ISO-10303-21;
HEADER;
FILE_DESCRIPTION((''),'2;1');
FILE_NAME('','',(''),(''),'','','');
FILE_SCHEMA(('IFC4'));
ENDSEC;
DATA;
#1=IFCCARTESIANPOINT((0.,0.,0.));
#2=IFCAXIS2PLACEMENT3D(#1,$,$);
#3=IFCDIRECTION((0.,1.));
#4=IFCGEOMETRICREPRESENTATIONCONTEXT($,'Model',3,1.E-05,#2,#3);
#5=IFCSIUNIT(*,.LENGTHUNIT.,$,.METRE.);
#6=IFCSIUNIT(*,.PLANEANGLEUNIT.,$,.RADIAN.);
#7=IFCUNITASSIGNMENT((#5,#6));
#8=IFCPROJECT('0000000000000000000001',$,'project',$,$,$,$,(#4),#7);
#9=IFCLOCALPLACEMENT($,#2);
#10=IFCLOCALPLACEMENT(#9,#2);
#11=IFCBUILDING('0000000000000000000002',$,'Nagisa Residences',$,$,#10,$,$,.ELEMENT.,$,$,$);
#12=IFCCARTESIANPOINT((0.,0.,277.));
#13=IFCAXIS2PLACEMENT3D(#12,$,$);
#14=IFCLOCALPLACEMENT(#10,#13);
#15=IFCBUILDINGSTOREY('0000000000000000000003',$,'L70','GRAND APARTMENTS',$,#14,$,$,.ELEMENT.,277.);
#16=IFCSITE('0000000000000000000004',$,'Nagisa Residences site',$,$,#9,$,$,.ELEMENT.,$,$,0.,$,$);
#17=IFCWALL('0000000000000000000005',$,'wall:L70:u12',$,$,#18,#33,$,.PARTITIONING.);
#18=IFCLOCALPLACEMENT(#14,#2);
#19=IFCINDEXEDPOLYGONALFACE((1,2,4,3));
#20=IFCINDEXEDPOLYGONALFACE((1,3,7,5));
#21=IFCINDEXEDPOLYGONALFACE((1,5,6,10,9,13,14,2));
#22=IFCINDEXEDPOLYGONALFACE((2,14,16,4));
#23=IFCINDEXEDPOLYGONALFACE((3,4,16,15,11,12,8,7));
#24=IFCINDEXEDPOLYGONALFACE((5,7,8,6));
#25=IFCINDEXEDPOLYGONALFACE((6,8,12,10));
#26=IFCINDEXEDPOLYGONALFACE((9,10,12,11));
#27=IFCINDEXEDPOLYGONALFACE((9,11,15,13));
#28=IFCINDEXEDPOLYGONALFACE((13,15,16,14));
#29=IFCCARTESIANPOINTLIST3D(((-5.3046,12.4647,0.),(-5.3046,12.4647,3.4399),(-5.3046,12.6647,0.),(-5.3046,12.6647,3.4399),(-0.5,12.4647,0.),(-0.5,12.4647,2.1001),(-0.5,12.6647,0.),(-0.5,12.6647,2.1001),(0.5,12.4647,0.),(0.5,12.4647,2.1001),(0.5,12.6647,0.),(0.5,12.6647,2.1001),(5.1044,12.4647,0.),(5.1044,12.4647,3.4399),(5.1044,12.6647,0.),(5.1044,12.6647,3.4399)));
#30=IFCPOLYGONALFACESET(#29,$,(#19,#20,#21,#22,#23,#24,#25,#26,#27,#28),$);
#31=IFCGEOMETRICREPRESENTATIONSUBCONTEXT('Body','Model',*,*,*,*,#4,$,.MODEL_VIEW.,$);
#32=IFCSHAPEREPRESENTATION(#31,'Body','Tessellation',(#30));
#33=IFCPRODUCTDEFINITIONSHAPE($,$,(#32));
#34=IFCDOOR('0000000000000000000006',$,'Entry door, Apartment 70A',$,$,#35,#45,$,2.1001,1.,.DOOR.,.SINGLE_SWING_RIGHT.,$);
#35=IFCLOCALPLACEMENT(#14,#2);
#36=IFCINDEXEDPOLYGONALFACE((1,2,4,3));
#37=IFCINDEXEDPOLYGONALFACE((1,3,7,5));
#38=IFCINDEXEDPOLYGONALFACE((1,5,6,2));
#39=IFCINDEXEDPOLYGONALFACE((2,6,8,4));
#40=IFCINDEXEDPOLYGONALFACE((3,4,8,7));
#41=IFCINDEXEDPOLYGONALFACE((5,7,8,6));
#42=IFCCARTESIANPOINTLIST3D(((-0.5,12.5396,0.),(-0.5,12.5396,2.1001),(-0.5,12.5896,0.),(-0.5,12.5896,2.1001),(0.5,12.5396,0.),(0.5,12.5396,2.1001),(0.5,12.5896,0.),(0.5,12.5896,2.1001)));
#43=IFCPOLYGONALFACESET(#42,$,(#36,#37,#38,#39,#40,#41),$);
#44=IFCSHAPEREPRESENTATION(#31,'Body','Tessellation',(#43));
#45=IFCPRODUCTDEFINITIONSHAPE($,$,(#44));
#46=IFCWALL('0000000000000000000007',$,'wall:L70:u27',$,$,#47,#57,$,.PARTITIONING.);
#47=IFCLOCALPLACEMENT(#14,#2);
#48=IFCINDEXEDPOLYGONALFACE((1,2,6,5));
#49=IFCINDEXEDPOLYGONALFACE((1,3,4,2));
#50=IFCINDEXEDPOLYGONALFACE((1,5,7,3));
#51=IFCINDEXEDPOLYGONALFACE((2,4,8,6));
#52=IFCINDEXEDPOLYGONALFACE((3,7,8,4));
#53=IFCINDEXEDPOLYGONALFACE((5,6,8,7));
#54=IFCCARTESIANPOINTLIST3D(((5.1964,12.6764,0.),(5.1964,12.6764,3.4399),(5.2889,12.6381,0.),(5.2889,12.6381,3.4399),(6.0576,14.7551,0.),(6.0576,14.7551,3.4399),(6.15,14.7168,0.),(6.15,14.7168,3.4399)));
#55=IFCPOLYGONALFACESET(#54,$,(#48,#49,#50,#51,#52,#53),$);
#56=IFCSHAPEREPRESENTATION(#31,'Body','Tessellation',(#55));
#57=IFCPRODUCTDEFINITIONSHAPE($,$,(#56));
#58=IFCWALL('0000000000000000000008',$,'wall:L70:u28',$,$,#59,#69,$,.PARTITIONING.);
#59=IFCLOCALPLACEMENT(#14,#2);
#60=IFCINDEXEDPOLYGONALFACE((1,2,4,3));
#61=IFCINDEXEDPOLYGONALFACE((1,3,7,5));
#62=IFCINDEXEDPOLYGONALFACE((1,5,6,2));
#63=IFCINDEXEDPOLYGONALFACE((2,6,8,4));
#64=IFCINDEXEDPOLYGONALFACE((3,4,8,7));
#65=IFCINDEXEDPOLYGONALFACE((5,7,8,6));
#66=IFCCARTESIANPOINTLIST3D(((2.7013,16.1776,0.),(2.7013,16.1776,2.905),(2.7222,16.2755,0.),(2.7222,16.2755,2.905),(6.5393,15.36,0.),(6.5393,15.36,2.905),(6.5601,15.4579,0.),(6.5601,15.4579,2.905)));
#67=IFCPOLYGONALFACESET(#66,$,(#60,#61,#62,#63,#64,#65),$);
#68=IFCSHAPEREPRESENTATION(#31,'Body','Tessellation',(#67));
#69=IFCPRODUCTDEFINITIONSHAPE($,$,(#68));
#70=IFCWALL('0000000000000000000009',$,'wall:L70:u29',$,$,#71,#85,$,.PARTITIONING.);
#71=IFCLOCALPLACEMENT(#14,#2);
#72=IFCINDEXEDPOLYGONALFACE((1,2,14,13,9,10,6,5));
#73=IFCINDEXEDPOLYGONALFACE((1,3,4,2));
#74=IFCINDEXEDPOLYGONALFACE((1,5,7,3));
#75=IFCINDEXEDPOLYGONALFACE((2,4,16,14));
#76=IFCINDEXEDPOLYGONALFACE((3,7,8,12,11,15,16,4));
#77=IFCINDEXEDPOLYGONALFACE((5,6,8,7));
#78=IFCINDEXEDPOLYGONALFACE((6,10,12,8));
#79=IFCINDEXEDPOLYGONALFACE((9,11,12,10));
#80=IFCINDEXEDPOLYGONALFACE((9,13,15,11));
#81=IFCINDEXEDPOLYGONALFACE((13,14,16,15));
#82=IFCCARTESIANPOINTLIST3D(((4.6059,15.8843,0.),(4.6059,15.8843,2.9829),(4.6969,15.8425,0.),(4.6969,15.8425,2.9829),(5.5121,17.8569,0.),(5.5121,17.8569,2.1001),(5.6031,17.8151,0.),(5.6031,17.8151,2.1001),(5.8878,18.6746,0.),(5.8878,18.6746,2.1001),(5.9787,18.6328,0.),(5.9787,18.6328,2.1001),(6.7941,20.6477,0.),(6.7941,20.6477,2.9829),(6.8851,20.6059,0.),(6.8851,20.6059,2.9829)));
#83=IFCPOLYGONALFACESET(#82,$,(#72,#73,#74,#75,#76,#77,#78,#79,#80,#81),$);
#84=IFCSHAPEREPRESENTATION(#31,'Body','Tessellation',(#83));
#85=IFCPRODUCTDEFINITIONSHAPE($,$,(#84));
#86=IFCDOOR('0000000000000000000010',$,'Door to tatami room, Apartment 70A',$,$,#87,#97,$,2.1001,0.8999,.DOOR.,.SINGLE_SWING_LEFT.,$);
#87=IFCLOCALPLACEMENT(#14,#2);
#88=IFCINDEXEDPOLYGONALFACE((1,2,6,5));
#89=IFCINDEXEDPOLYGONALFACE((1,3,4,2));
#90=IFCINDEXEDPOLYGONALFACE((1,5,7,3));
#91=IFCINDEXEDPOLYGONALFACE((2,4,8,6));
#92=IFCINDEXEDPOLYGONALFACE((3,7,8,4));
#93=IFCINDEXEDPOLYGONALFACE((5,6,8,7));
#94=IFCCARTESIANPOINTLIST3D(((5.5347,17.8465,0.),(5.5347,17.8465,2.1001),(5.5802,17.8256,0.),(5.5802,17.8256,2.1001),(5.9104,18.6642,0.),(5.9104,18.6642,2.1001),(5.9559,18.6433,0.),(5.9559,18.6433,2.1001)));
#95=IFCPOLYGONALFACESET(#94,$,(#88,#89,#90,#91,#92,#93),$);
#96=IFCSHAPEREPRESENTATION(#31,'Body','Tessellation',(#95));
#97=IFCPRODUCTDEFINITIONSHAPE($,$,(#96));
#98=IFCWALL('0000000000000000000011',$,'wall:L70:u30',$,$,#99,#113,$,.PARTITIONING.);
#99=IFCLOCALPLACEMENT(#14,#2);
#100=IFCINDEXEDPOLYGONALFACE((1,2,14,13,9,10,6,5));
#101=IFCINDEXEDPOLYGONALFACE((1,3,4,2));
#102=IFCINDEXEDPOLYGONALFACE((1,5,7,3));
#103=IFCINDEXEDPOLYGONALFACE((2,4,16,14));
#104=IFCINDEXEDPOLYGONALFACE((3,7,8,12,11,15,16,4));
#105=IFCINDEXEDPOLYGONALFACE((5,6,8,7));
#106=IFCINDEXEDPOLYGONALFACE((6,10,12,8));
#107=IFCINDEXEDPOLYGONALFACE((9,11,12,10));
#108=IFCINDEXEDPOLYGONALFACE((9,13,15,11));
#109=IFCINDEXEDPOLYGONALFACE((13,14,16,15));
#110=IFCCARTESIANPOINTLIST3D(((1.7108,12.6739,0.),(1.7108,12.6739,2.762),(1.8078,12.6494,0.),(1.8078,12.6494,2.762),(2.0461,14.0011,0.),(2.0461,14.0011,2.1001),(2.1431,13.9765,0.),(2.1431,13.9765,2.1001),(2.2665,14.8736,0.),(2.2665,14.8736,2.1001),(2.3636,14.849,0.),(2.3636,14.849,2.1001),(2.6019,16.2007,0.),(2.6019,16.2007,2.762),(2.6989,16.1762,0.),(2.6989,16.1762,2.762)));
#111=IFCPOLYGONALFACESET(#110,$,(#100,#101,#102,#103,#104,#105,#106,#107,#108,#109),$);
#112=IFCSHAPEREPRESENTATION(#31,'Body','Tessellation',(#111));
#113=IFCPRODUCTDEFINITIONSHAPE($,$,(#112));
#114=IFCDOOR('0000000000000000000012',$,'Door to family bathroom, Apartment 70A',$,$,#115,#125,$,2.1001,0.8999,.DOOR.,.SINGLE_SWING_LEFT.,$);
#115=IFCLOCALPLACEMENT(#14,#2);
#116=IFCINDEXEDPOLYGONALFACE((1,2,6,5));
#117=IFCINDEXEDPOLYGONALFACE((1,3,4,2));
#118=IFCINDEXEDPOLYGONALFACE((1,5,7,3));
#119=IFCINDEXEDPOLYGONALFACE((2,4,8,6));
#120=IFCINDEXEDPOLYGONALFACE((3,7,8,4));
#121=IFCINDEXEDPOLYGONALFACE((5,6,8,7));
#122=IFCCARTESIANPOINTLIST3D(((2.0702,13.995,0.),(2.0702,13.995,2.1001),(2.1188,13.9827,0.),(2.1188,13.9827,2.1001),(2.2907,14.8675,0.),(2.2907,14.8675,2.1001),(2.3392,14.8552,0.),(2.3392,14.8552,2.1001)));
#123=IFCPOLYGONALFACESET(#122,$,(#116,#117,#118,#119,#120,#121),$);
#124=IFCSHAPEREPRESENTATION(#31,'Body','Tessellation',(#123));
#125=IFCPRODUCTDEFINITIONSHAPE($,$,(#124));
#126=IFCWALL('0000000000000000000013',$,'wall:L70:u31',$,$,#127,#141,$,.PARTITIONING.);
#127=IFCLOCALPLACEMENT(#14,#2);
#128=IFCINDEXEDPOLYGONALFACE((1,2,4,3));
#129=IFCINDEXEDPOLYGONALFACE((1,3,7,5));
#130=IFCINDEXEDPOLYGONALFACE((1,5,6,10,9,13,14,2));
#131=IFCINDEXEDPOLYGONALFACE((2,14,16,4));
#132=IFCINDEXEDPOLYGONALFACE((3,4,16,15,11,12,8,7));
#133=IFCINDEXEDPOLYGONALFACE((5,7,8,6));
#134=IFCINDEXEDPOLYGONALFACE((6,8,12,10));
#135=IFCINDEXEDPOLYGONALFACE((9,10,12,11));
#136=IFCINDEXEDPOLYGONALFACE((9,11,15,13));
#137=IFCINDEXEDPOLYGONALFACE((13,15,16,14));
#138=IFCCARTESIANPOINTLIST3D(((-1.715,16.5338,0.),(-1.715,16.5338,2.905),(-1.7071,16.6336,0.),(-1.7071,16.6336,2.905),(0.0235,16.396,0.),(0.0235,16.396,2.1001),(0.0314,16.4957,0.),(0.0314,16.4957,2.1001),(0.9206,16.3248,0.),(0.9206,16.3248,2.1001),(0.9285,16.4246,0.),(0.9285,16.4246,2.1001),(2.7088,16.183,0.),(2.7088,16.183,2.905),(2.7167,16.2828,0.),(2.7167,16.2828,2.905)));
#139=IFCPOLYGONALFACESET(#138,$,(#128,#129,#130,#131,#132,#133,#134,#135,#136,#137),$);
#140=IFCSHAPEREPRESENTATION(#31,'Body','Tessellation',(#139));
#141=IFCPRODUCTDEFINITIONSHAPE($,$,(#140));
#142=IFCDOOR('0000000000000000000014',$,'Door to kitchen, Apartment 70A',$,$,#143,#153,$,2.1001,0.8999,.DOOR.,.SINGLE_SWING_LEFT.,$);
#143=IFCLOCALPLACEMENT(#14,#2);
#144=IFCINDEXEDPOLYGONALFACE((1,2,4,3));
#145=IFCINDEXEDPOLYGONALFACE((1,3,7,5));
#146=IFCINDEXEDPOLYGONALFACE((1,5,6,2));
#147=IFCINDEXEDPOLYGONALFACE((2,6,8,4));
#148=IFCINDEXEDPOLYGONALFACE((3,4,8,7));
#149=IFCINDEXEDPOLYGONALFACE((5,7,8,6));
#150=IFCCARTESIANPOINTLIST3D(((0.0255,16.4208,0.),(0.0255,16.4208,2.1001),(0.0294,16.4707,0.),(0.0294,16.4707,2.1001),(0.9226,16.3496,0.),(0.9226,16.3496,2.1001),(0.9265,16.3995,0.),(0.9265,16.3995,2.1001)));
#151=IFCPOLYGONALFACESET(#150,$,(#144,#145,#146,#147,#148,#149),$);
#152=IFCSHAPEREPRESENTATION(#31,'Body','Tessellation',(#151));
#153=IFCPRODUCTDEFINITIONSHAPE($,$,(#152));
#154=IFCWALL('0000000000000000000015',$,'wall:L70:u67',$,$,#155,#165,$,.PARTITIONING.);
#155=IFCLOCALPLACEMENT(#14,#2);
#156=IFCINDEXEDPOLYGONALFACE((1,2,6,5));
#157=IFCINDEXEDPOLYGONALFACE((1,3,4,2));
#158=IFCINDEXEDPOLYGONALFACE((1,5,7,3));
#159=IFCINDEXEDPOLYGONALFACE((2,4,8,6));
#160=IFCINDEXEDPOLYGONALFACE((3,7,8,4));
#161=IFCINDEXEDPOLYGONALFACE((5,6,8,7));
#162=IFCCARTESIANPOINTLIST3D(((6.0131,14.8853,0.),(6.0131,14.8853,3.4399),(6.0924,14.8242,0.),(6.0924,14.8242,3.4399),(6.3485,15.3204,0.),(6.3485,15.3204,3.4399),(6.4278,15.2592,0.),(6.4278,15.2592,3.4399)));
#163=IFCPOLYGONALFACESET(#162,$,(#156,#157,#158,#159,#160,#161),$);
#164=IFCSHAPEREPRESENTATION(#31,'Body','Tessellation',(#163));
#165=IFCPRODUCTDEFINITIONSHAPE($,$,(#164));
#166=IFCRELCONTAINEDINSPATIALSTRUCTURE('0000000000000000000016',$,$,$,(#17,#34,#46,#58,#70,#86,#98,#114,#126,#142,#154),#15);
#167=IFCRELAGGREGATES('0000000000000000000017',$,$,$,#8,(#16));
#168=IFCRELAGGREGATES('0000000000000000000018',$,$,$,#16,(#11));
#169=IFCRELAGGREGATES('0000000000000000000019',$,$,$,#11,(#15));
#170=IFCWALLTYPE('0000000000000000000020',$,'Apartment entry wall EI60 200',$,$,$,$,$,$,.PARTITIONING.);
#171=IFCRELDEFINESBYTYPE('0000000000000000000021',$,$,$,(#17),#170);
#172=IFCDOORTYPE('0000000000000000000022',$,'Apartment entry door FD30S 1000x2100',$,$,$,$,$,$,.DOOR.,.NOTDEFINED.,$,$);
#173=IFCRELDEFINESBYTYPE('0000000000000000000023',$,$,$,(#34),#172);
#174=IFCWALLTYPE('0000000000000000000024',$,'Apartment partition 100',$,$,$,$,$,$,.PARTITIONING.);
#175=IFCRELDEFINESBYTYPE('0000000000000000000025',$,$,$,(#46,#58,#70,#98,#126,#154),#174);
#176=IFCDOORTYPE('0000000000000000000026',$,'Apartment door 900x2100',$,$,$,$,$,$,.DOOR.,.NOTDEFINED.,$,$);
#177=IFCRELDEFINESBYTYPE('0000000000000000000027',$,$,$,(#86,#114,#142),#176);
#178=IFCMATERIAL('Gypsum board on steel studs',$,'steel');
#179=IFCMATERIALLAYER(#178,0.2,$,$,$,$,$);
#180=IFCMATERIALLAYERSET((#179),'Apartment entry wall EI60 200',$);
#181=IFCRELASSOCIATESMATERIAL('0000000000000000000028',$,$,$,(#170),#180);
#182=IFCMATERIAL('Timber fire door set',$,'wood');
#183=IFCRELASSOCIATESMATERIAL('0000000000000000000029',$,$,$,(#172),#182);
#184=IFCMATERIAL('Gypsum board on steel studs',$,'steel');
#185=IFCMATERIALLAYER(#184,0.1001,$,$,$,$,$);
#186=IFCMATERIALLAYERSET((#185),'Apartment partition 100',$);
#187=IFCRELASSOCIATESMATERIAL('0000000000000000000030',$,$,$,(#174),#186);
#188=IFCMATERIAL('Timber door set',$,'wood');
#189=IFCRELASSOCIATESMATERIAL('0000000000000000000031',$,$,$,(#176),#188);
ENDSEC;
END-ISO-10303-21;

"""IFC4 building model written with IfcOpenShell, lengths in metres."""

from ifc_helpers import new_model, si_unit, direction, frame, frame_2d, origin, place, context, subcontext, project, spatial, rectangle, extrude, material, layer, layer_set, type_object, element, fill, save


model = new_model("IFC4")

# Units and contexts
model_context = context("Model", 3, precision=1e-05, world=origin(), true_north=direction((0.0, 1.0)))
body_context = subcontext(model_context, "Body", "Model", "MODEL_VIEW")
ifc_project = project(units=[si_unit("LENGTHUNIT", "METRE"), si_unit("PLANEANGLEUNIT", "RADIAN")], contexts=[model_context])

# Site, building, storey
site_placement = place(None, origin())
site = spatial("IfcSite", under=ifc_project, at=site_placement, Name="Nagisa Residences site", CompositionType="ELEMENT", RefElevation=0.0)
building_placement = place(site_placement, origin())
building = spatial("IfcBuilding", under=site, at=building_placement, Name="Nagisa Residences", CompositionType="ELEMENT")
storey_placement = place(building_placement, frame((0.0, 0.0, 277.0)))
storey = spatial("IfcBuildingStorey", under=building, at=storey_placement, Name="L70", Description="GRAND APARTMENTS", CompositionType="ELEMENT", Elevation=277.0)

# Wall, opening, door
ifc_material_1 = material(Name="Gypsum board on steel studs", Category="steel")
ifc_layer_1 = layer(ifc_material_1, 0.2)
ifc_layer_set_1 = layer_set([ifc_layer_1], Name="Apartment entry wall EI60 200")
wall_type_1 = type_object("IfcWallType", Name="Apartment entry wall EI60 200", PredefinedType="PARTITIONING", material=ifc_layer_set_1)
wall_1_placement = place(storey_placement, frame((5.1045, 12.5647, 0.0), z_axis=(0.0, 0.0, 1.0), x_axis=(-1.0, 0.0, 0.0)))
wall_1 = element("IfcWall", 1, at=wall_1_placement, inside=storey, type_object=wall_type_1, Name="wall:L70:u12", PredefinedType="PARTITIONING", context=body_context, shape_type="SweptSolid", body=[
    extrude(rectangle(XDim=10.4089, YDim=0.2, at=frame_2d((5.2046, 0.0))), origin(), (0.0, 0.0, 1.0), 3.4399),
])
opening_1_placement = place(wall_1_placement, frame((4.6045, 0.0, 0.0)))
opening_1 = element("IfcOpeningElement", 2, at=opening_1_placement, cuts=wall_1, PredefinedType="OPENING", context=body_context, shape_type="SweptSolid", body=[
    extrude(rectangle(XDim=1.0, YDim=2.1001, at=frame_2d((0.5, 1.05))), frame((0.0, 0.1099, 0.0), z_axis=(0.0, -1.0, 0.0), x_axis=(1.0, 0.0, 0.0)), (0.0, 0.0, 1.0), 0.22),
])
ifc_material_2 = material(Name="Timber fire door set", Category="wood")
door_type_1 = type_object("IfcDoorType", Name="Apartment entry door FD30S 1000x2100", OperationType="NOTDEFINED", PredefinedType="DOOR", material=ifc_material_2)
door_1_placement = place(opening_1_placement, frame((1.0, 0.0, 0.0), x_axis=(-1.0, 0.0, 0.0)))
door_1 = element("IfcDoor", 3, at=door_1_placement, inside=storey, type_object=door_type_1, Name="Entry door, Apartment 70A", OperationType="SINGLE_SWING_RIGHT", OverallHeight=2.1001, OverallWidth=1.0, PredefinedType="DOOR", context=body_context, shape_type="SweptSolid", body=[
    extrude(rectangle(XDim=1.0, YDim=2.1001, at=frame_2d((0.5, 1.05))), frame((0.0, 0.0249, 0.0), z_axis=(0.0, -1.0, 0.0), x_axis=(1.0, 0.0, 0.0)), (0.0, 0.0, 1.0), 0.05),
])
fill(opening_1, door_1)

# Walls
ifc_material_3 = material(Name="Gypsum board on steel studs", Category="steel")
ifc_layer_2 = layer(ifc_material_3, 0.1001)
ifc_layer_set_2 = layer_set([ifc_layer_2], Name="Apartment partition 100")
wall_type_2 = type_object("IfcWallType", Name="Apartment partition 100", PredefinedType="PARTITIONING", material=ifc_layer_set_2)
wall_2_placement = place(storey_placement, frame((5.2427, 12.6572, 0.0), z_axis=(0.0, 0.0, 1.0), x_axis=(0.382719, 0.923865, 0.0)))
element("IfcWall", 4, at=wall_2_placement, inside=storey, type_object=wall_type_2, Name="wall:L70:u27", PredefinedType="PARTITIONING", context=body_context, shape_type="SweptSolid", body=[
    extrude(rectangle(XDim=2.25, YDim=0.1001, at=frame_2d((1.125, 0.0))), origin(), (0.0, 0.0, 1.0), 3.4399),
])
wall_3_placement = place(storey_placement, frame((6.5496, 15.4089, 0.0), z_axis=(0.0, 0.0, 1.0), x_axis=(-0.978051, 0.208365, 0.0)))
element("IfcWall", 5, at=wall_3_placement, inside=storey, type_object=wall_type_2, Name="wall:L70:u28", PredefinedType="PARTITIONING", context=body_context, shape_type="SweptSolid", body=[
    extrude(rectangle(XDim=3.9241, YDim=0.1001, at=frame_2d((1.9619, 0.0))), origin(), (0.0, 0.0, 1.0), 2.905),
])

# Walls, openings, doors
wall_4_placement = place(storey_placement, frame((4.6514, 15.8633, 0.0), z_axis=(0.0, 0.0, 1.0), x_axis=(0.417442, 0.908704, 0.0)))
wall_4 = element("IfcWall", 6, at=wall_4_placement, inside=storey, type_object=wall_type_2, Name="wall:L70:u29", PredefinedType="PARTITIONING", context=body_context, shape_type="SweptSolid", body=[
    extrude(rectangle(XDim=5.2419, YDim=0.1001, at=frame_2d((2.6211, 0.0))), origin(), (0.0, 0.0, 1.0), 2.9829),
])
opening_2_placement = place(wall_4_placement, frame((2.1709, 0.0, 0.0)))
opening_2 = element("IfcOpeningElement", 7, at=opening_2_placement, cuts=wall_4, PredefinedType="OPENING", context=body_context, shape_type="SweptSolid", body=[
    extrude(rectangle(XDim=0.8999, YDim=2.1001, at=frame_2d((0.45, 1.05))), frame((0.0, 0.0601, 0.0), z_axis=(0.0, -1.0, 0.0), x_axis=(1.0, 0.0, 0.0)), (0.0, 0.0, 1.0), 0.1201),
])
ifc_material_4 = material(Name="Timber door set", Category="wood")
door_type_2 = type_object("IfcDoorType", Name="Apartment door 900x2100", OperationType="NOTDEFINED", PredefinedType="DOOR", material=ifc_material_4)
door_2_placement = place(opening_2_placement, frame((0.8999, 0.0, 0.0), x_axis=(-1.0, 0.0, 0.0)))
door_2 = element("IfcDoor", 8, at=door_2_placement, inside=storey, type_object=door_type_2, Name="Door to tatami room, Apartment 70A", OperationType="SINGLE_SWING_LEFT", OverallHeight=2.1001, OverallWidth=0.8999, PredefinedType="DOOR", context=body_context, shape_type="SweptSolid", body=[
    extrude(rectangle(XDim=0.8999, YDim=2.1001, at=frame_2d((0.45, 1.05))), frame((0.0, 0.0249, 0.0), z_axis=(0.0, -1.0, 0.0), x_axis=(1.0, 0.0, 0.0)), (0.0, 0.0, 1.0), 0.05),
])
fill(opening_2, door_2)
wall_5_placement = place(storey_placement, frame((1.7593, 12.6616, 0.0), z_axis=(0.0, 0.0, 1.0), x_axis=(0.244967, 0.969531, 0.0)))
wall_5 = element("IfcWall", 9, at=wall_5_placement, inside=storey, type_object=wall_type_2, Name="wall:L70:u30", PredefinedType="PARTITIONING", context=body_context, shape_type="SweptSolid", body=[
    extrude(rectangle(XDim=3.6377, YDim=0.1001, at=frame_2d((1.8188, 0.0))), origin(), (0.0, 0.0, 1.0), 2.762),
])
opening_3_placement = place(wall_5_placement, frame((1.3689, 0.0, 0.0)))
opening_3 = element("IfcOpeningElement", 10, at=opening_3_placement, cuts=wall_5, PredefinedType="OPENING", context=body_context, shape_type="SweptSolid", body=[
    extrude(rectangle(XDim=0.8999, YDim=2.1001, at=frame_2d((0.45, 1.05))), frame((0.0, 0.0601, 0.0), z_axis=(0.0, -1.0, 0.0), x_axis=(1.0, 0.0, 0.0)), (0.0, 0.0, 1.0), 0.1201),
])
door_3_placement = place(opening_3_placement, frame((0.8999, 0.0, 0.0), x_axis=(-1.0, 0.0, 0.0)))
door_3 = element("IfcDoor", 11, at=door_3_placement, inside=storey, type_object=door_type_2, Name="Door to family bathroom, Apartment 70A", OperationType="SINGLE_SWING_LEFT", OverallHeight=2.1001, OverallWidth=0.8999, PredefinedType="DOOR", context=body_context, shape_type="SweptSolid", body=[
    extrude(rectangle(XDim=0.8999, YDim=2.1001, at=frame_2d((0.45, 1.05))), frame((0.0, 0.0249, 0.0), z_axis=(0.0, -1.0, 0.0), x_axis=(1.0, 0.0, 0.0)), (0.0, 0.0, 1.0), 0.05),
])
fill(opening_3, door_3)
wall_6_placement = place(storey_placement, frame((2.7126, 16.2329, 0.0), z_axis=(0.0, 0.0, 1.0), x_axis=(-0.99687, 0.079056, 0.0)))
wall_6 = element("IfcWall", 12, at=wall_6_placement, inside=storey, type_object=wall_type_2, Name="wall:L70:u31", PredefinedType="PARTITIONING", context=body_context, shape_type="SweptSolid", body=[
    extrude(rectangle(XDim=4.4377, YDim=0.1001, at=frame_2d((2.2188, 0.0))), origin(), (0.0, 0.0, 1.0), 2.905),
])
opening_4_placement = place(wall_6_placement, frame((1.7937, 0.0, 0.0)))
opening_4 = element("IfcOpeningElement", 13, at=opening_4_placement, cuts=wall_6, PredefinedType="OPENING", context=body_context, shape_type="SweptSolid", body=[
    extrude(rectangle(XDim=0.8999, YDim=2.1001, at=frame_2d((0.45, 1.05))), frame((0.0, 0.0601, 0.0), z_axis=(0.0, -1.0, 0.0), x_axis=(1.0, 0.0, 0.0)), (0.0, 0.0, 1.0), 0.1201),
])
door_4_placement = place(opening_4_placement, frame((0.8999, 0.0, 0.0), x_axis=(-1.0, 0.0, 0.0)))
door_4 = element("IfcDoor", 14, at=door_4_placement, inside=storey, type_object=door_type_2, Name="Door to kitchen, Apartment 70A", OperationType="SINGLE_SWING_LEFT", OverallHeight=2.1001, OverallWidth=0.8999, PredefinedType="DOOR", context=body_context, shape_type="SweptSolid", body=[
    extrude(rectangle(XDim=0.8999, YDim=2.1001, at=frame_2d((0.45, 1.05))), frame((0.0, 0.0249, 0.0), z_axis=(0.0, -1.0, 0.0), x_axis=(1.0, 0.0, 0.0)), (0.0, 0.0, 1.0), 0.05),
])
fill(opening_4, door_4)

# Wall
wall_7_placement = place(storey_placement, frame((6.3882, 15.2898, 0.0), z_axis=(0.0, 0.0, 1.0), x_axis=(-0.610612, -0.79193, 0.0)))
element("IfcWall", 15, at=wall_7_placement, inside=storey, type_object=wall_type_2, Name="wall:L70:u67", PredefinedType="PARTITIONING", context=body_context, shape_type="SweptSolid", body=[
    extrude(rectangle(XDim=0.5493, YDim=0.1001, at=frame_2d((0.2747, 0.0))), origin(), (0.0, 0.0, 1.0), 3.4399),
])

save(model, "model.ifc")
